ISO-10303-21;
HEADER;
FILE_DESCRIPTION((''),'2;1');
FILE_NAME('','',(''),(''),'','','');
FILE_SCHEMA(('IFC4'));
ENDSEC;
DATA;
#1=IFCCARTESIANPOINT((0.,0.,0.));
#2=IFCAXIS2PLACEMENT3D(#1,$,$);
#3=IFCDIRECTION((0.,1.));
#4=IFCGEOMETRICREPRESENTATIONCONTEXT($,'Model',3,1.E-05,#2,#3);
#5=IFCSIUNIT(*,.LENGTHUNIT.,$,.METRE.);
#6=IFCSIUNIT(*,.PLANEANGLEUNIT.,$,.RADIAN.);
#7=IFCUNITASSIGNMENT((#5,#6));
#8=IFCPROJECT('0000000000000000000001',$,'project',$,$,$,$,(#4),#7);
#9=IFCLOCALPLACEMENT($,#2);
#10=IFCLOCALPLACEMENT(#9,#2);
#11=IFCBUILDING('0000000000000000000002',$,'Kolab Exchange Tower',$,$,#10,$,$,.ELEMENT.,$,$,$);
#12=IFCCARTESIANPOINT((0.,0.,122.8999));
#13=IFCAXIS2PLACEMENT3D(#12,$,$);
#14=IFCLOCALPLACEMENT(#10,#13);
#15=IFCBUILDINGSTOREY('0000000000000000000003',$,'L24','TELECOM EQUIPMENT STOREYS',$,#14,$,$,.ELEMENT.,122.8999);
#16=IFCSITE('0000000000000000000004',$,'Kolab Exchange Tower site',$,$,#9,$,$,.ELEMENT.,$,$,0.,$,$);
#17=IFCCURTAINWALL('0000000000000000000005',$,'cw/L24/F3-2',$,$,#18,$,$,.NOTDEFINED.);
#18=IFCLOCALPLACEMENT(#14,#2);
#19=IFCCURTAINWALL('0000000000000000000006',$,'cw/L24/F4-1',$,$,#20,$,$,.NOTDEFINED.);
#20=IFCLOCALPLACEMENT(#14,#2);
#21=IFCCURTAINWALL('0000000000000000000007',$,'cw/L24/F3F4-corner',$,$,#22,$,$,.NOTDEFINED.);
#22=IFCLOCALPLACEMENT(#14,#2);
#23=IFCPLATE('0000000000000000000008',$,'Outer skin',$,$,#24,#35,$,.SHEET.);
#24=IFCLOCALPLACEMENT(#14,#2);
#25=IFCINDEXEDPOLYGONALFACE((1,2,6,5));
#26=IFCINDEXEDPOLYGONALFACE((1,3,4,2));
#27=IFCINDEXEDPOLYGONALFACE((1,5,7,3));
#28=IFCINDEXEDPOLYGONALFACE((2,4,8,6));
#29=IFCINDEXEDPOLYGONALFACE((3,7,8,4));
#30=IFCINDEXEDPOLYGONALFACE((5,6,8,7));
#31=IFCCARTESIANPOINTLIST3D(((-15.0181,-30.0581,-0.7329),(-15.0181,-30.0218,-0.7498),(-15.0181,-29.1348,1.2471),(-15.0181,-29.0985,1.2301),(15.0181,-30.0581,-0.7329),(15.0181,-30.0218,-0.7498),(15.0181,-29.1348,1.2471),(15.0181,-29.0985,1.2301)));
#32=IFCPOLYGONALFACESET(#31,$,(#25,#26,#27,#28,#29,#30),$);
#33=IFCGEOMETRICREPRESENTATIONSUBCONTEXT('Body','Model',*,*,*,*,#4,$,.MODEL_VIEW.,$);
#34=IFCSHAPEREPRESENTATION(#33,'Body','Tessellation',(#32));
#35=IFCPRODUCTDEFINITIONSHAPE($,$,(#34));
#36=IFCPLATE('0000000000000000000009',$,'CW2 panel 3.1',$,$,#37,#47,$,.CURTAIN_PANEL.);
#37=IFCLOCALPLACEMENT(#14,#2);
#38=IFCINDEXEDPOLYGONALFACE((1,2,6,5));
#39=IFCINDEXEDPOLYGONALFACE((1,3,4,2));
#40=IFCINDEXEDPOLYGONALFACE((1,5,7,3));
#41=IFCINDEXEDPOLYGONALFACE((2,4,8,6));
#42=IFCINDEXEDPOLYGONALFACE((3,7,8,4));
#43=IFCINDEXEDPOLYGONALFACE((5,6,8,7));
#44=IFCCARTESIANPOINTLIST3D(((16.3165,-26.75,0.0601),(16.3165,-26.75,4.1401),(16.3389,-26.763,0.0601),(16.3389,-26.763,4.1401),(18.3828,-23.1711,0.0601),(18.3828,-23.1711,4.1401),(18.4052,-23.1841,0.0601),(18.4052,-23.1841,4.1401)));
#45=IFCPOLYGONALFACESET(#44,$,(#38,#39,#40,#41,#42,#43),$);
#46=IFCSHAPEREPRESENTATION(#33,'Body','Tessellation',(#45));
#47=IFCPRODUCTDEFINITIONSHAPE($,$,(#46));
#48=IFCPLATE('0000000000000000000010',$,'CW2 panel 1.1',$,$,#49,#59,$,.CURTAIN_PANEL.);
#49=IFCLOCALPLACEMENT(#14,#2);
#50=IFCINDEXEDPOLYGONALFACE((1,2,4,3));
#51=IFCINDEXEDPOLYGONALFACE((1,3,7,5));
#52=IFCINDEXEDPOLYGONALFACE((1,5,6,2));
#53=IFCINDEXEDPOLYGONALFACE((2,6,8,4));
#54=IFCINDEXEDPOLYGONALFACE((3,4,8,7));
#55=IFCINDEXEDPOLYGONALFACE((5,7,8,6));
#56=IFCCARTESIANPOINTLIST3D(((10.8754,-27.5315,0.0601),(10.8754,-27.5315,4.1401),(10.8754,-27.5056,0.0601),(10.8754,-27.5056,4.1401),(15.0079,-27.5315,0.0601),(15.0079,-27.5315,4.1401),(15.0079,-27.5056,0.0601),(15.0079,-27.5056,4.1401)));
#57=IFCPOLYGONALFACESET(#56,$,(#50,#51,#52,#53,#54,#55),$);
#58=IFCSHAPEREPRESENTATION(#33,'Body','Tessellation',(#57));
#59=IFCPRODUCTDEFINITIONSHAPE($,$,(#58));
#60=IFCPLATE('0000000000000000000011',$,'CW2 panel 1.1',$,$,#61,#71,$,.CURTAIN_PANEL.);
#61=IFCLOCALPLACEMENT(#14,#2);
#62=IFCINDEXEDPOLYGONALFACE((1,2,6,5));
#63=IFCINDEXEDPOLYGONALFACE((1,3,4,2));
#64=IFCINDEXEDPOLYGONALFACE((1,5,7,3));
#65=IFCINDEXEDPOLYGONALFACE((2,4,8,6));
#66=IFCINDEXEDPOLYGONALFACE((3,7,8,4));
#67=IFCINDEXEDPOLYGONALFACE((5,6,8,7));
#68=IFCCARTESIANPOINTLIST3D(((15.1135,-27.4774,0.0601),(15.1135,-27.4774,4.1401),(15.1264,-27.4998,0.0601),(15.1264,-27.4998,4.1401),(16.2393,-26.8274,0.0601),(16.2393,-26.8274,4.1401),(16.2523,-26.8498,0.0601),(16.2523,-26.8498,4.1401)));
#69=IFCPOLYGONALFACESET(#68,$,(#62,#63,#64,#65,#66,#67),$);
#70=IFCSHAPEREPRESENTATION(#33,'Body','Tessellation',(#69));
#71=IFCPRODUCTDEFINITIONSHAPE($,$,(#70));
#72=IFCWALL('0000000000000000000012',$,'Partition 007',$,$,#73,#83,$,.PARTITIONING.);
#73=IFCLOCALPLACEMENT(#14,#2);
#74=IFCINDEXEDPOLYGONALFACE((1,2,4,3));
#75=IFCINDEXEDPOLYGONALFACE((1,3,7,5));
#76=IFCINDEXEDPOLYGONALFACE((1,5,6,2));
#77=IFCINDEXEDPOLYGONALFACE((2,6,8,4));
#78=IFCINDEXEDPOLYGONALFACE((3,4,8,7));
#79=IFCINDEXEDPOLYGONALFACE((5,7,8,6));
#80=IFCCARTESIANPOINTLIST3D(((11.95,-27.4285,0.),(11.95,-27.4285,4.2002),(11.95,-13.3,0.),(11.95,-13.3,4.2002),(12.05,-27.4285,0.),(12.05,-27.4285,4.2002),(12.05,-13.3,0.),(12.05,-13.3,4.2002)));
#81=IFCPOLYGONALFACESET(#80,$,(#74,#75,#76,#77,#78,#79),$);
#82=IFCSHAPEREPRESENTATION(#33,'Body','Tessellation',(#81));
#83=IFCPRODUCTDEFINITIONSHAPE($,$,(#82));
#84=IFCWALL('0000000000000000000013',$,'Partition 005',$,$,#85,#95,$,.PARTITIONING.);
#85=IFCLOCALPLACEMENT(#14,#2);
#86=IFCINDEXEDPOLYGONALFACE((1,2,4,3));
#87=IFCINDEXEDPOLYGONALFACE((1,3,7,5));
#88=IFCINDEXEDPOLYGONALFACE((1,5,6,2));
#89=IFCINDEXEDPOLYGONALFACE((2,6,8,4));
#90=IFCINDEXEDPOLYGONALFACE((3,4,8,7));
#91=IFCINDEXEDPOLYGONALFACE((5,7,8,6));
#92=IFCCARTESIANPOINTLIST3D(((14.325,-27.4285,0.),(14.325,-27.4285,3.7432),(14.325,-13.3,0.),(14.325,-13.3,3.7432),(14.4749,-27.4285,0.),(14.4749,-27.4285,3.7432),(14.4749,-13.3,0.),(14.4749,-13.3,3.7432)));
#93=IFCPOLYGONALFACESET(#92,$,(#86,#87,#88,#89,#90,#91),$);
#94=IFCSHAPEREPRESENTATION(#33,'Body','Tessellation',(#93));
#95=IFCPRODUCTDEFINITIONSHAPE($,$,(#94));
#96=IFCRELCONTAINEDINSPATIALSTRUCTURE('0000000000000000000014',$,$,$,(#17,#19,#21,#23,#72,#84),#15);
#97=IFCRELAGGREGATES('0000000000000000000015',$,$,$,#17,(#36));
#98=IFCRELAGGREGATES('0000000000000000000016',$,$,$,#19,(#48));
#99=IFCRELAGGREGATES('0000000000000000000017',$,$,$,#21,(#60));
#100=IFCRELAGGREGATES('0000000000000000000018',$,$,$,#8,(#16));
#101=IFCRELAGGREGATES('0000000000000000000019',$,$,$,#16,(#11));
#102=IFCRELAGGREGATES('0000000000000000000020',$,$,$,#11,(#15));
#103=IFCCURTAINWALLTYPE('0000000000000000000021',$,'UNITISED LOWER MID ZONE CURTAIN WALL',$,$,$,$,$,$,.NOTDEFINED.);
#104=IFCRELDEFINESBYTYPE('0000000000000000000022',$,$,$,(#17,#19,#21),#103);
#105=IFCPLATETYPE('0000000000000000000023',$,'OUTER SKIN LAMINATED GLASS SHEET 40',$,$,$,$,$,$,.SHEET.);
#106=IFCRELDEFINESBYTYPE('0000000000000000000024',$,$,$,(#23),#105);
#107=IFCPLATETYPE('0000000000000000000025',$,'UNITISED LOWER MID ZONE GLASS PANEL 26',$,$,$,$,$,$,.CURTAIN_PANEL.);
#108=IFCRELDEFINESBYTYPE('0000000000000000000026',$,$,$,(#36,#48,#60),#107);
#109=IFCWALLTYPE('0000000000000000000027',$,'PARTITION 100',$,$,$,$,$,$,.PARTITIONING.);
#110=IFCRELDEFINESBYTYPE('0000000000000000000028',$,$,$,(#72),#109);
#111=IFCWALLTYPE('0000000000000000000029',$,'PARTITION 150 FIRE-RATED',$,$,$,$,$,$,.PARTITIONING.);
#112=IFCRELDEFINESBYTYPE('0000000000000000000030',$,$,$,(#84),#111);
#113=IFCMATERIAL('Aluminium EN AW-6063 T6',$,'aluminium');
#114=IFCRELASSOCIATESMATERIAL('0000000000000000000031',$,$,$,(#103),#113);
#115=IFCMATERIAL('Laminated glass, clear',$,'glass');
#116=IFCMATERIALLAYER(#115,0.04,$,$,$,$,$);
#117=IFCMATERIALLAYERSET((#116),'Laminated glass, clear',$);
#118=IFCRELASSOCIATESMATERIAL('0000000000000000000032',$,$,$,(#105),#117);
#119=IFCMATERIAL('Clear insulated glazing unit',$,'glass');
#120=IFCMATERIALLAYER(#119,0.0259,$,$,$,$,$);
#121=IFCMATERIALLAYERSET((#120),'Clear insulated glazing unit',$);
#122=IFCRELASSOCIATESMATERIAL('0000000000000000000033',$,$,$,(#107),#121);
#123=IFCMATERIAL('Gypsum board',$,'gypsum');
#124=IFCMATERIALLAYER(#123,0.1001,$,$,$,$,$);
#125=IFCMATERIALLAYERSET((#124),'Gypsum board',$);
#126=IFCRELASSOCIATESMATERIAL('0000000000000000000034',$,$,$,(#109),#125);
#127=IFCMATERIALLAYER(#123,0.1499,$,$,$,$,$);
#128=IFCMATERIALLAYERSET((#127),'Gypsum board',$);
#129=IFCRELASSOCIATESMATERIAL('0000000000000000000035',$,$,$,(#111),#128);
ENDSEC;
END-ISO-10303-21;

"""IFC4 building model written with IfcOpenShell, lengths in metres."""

from ifc_helpers import new_model, si_unit, direction, frame, frame_2d, origin, origin_2d, place, context, subcontext, project, spatial, polyline, rectangle, outline, extrude, material, layer, layer_set, type_object, element, aggregate, save


model = new_model("IFC4")

# Units and contexts
model_context = context("Model", 3, precision=1e-05, world=origin(), true_north=direction((0.0, 1.0)))
body_context = subcontext(model_context, "Body", "Model", "MODEL_VIEW")
ifc_project = project(units=[si_unit("LENGTHUNIT", "METRE"), si_unit("PLANEANGLEUNIT", "RADIAN")], contexts=[model_context])

# Site, building, storey
site_placement = place(None, origin())
site = spatial("IfcSite", under=ifc_project, at=site_placement, Name="Kolab Exchange Tower site", CompositionType="ELEMENT", RefElevation=0.0)
building_placement = place(site_placement, origin())
building = spatial("IfcBuilding", under=site, at=building_placement, Name="Kolab Exchange Tower", CompositionType="ELEMENT")
storey_placement = place(building_placement, frame((0.0, 0.0, 122.8999)))
storey = spatial("IfcBuildingStorey", under=building, at=storey_placement, Name="L24", Description="TELECOM EQUIPMENT STOREYS", CompositionType="ELEMENT", Elevation=122.8999)

# Curtain walls
ifc_material_1 = material(Name="Aluminium EN AW-6063 T6", Category="aluminium")
curtain_wall_type = type_object("IfcCurtainWallType", Name="UNITISED LOWER MID ZONE CURTAIN WALL", PredefinedType="NOTDEFINED", material=ifc_material_1)
curtain_wall_1_placement = place(storey_placement, origin())
curtain_wall_1 = element("IfcCurtainWall", 1, at=curtain_wall_1_placement, inside=storey, type_object=curtain_wall_type, Name="cw/L24/F3-2", PredefinedType="NOTDEFINED")
curtain_wall_2_placement = place(storey_placement, origin())
curtain_wall_2 = element("IfcCurtainWall", 2, at=curtain_wall_2_placement, inside=storey, type_object=curtain_wall_type, Name="cw/L24/F4-1", PredefinedType="NOTDEFINED")

# Curtain wall
curtain_wall_3_placement = place(storey_placement, origin())
curtain_wall_3 = element("IfcCurtainWall", 3, at=curtain_wall_3_placement, inside=storey, type_object=curtain_wall_type, Name="cw/L24/F3F4-corner", PredefinedType="NOTDEFINED")

# Plates
ifc_material_2 = material(Name="Laminated glass, clear", Category="glass")
ifc_layer_1 = layer(ifc_material_2, 0.04)
ifc_layer_set_1 = layer_set([ifc_layer_1], Name="Laminated glass, clear")
plate_type_1 = type_object("IfcPlateType", Name="OUTER SKIN LAMINATED GLASS SHEET 40", PredefinedType="SHEET", material=ifc_layer_set_1)
plate_1_placement = place(storey_placement, frame((15.0181, -30.0581, -0.7329), z_axis=(0.0, -0.906297, 0.422641), x_axis=(-1.0, 0.0, 0.0)))
element("IfcPlate", 4, at=plate_1_placement, inside=storey, type_object=plate_type_1, Name="Outer skin", PredefinedType="SHEET", context=body_context, shape_type="SweptSolid", body=[
    extrude(outline(polyline([(0.0, 0.0), (30.0361, 0.0), (30.0361, -2.1847), (0.0, -2.1847), (0.0, 0.0)])), origin(), (0.0, 0.0, -1.0), 0.04),
])
ifc_material_3 = material(Name="Clear insulated glazing unit", Category="glass")
ifc_layer_2 = layer(ifc_material_3, 0.0259)
ifc_layer_set_2 = layer_set([ifc_layer_2], Name="Clear insulated glazing unit")
plate_type_2 = type_object("IfcPlateType", Name="UNITISED LOWER MID ZONE GLASS PANEL 26", PredefinedType="CURTAIN_PANEL", material=ifc_layer_set_2)
plate_2_placement = place(storey_placement, frame((17.3608, -24.967, 0.0601), z_axis=(0.0, 0.0, 1.0), x_axis=(-0.5, -0.866025, 0.0)))
plate_2 = element("IfcPlate", 5, at=plate_2_placement, type_object=plate_type_2, Name="CW2 panel 3.1", PredefinedType="CURTAIN_PANEL", context=body_context, shape_type="SweptSolid", body=[
    extrude(rectangle(XDim=4.1326, YDim=0.0259, at=origin_2d()), origin(), (0.0, 0.0, 1.0), 4.0801),
])
aggregate(curtain_wall_1, [plate_2])
plate_3_placement = place(storey_placement, frame((12.9417, -27.5186, 0.0601), z_axis=(0.0, 0.0, 1.0), x_axis=(-1.0, 0.0, 0.0)))
plate_3 = element("IfcPlate", 6, at=plate_3_placement, type_object=plate_type_2, Name="CW2 panel 1.1", PredefinedType="CURTAIN_PANEL", context=body_context, shape_type="SweptSolid", body=[
    extrude(rectangle(XDim=4.1326, YDim=0.0259, at=origin_2d()), origin(), (0.0, 0.0, 1.0), 4.0801),
])
aggregate(curtain_wall_2, [plate_3])
plate_4_placement = place(storey_placement, frame((15.6829, -27.1636, 0.0601), z_axis=(0.0, 0.0, 1.0), x_axis=(-0.866025, -0.5, 0.0)))
plate_4 = element("IfcPlate", 7, at=plate_4_placement, type_object=plate_type_2, Name="CW2 panel 1.1", PredefinedType="CURTAIN_PANEL", context=body_context, shape_type="SweptSolid", body=[
    extrude(rectangle(XDim=1.3, YDim=0.0259, at=origin_2d()), origin(), (0.0, 0.0, 1.0), 4.0801),
])
aggregate(curtain_wall_3, [plate_4])

# Walls
ifc_material_4 = material(Name="Gypsum board", Category="gypsum")
ifc_layer_3 = layer(ifc_material_4, 0.1001)
ifc_layer_set_3 = layer_set([ifc_layer_3], Name="Gypsum board")
wall_type_1 = type_object("IfcWallType", Name="PARTITION 100", PredefinedType="PARTITIONING", material=ifc_layer_set_3)
wall_1_placement = place(storey_placement, frame((12.0, -27.4285, 0.0), z_axis=(0.0, 0.0, 1.0), x_axis=(0.0, 1.0, 0.0)))
element("IfcWall", 8, at=wall_1_placement, inside=storey, type_object=wall_type_1, Name="Partition 007", PredefinedType="PARTITIONING", context=body_context, shape_type="SweptSolid", body=[
    extrude(rectangle(XDim=14.1284, YDim=0.1001, at=frame_2d((7.0642, 0.0))), origin(), (0.0, 0.0, 1.0), 4.2002),
])
ifc_layer_4 = layer(ifc_material_4, 0.1499)
ifc_layer_set_4 = layer_set([ifc_layer_4], Name="Gypsum board")
wall_type_2 = type_object("IfcWallType", Name="PARTITION 150 FIRE-RATED", PredefinedType="PARTITIONING", material=ifc_layer_set_4)
wall_2_placement = place(storey_placement, frame((14.3999, -27.4285, 0.0), z_axis=(0.0, 0.0, 1.0), x_axis=(0.0, 1.0, 0.0)))
element("IfcWall", 9, at=wall_2_placement, inside=storey, type_object=wall_type_2, Name="Partition 005", PredefinedType="PARTITIONING", context=body_context, shape_type="SweptSolid", body=[
    extrude(rectangle(XDim=14.1284, YDim=0.1499, at=frame_2d((7.0642, 0.0))), origin(), (0.0, 0.0, 1.0), 3.7432),
])

save(model, "model.ifc")
